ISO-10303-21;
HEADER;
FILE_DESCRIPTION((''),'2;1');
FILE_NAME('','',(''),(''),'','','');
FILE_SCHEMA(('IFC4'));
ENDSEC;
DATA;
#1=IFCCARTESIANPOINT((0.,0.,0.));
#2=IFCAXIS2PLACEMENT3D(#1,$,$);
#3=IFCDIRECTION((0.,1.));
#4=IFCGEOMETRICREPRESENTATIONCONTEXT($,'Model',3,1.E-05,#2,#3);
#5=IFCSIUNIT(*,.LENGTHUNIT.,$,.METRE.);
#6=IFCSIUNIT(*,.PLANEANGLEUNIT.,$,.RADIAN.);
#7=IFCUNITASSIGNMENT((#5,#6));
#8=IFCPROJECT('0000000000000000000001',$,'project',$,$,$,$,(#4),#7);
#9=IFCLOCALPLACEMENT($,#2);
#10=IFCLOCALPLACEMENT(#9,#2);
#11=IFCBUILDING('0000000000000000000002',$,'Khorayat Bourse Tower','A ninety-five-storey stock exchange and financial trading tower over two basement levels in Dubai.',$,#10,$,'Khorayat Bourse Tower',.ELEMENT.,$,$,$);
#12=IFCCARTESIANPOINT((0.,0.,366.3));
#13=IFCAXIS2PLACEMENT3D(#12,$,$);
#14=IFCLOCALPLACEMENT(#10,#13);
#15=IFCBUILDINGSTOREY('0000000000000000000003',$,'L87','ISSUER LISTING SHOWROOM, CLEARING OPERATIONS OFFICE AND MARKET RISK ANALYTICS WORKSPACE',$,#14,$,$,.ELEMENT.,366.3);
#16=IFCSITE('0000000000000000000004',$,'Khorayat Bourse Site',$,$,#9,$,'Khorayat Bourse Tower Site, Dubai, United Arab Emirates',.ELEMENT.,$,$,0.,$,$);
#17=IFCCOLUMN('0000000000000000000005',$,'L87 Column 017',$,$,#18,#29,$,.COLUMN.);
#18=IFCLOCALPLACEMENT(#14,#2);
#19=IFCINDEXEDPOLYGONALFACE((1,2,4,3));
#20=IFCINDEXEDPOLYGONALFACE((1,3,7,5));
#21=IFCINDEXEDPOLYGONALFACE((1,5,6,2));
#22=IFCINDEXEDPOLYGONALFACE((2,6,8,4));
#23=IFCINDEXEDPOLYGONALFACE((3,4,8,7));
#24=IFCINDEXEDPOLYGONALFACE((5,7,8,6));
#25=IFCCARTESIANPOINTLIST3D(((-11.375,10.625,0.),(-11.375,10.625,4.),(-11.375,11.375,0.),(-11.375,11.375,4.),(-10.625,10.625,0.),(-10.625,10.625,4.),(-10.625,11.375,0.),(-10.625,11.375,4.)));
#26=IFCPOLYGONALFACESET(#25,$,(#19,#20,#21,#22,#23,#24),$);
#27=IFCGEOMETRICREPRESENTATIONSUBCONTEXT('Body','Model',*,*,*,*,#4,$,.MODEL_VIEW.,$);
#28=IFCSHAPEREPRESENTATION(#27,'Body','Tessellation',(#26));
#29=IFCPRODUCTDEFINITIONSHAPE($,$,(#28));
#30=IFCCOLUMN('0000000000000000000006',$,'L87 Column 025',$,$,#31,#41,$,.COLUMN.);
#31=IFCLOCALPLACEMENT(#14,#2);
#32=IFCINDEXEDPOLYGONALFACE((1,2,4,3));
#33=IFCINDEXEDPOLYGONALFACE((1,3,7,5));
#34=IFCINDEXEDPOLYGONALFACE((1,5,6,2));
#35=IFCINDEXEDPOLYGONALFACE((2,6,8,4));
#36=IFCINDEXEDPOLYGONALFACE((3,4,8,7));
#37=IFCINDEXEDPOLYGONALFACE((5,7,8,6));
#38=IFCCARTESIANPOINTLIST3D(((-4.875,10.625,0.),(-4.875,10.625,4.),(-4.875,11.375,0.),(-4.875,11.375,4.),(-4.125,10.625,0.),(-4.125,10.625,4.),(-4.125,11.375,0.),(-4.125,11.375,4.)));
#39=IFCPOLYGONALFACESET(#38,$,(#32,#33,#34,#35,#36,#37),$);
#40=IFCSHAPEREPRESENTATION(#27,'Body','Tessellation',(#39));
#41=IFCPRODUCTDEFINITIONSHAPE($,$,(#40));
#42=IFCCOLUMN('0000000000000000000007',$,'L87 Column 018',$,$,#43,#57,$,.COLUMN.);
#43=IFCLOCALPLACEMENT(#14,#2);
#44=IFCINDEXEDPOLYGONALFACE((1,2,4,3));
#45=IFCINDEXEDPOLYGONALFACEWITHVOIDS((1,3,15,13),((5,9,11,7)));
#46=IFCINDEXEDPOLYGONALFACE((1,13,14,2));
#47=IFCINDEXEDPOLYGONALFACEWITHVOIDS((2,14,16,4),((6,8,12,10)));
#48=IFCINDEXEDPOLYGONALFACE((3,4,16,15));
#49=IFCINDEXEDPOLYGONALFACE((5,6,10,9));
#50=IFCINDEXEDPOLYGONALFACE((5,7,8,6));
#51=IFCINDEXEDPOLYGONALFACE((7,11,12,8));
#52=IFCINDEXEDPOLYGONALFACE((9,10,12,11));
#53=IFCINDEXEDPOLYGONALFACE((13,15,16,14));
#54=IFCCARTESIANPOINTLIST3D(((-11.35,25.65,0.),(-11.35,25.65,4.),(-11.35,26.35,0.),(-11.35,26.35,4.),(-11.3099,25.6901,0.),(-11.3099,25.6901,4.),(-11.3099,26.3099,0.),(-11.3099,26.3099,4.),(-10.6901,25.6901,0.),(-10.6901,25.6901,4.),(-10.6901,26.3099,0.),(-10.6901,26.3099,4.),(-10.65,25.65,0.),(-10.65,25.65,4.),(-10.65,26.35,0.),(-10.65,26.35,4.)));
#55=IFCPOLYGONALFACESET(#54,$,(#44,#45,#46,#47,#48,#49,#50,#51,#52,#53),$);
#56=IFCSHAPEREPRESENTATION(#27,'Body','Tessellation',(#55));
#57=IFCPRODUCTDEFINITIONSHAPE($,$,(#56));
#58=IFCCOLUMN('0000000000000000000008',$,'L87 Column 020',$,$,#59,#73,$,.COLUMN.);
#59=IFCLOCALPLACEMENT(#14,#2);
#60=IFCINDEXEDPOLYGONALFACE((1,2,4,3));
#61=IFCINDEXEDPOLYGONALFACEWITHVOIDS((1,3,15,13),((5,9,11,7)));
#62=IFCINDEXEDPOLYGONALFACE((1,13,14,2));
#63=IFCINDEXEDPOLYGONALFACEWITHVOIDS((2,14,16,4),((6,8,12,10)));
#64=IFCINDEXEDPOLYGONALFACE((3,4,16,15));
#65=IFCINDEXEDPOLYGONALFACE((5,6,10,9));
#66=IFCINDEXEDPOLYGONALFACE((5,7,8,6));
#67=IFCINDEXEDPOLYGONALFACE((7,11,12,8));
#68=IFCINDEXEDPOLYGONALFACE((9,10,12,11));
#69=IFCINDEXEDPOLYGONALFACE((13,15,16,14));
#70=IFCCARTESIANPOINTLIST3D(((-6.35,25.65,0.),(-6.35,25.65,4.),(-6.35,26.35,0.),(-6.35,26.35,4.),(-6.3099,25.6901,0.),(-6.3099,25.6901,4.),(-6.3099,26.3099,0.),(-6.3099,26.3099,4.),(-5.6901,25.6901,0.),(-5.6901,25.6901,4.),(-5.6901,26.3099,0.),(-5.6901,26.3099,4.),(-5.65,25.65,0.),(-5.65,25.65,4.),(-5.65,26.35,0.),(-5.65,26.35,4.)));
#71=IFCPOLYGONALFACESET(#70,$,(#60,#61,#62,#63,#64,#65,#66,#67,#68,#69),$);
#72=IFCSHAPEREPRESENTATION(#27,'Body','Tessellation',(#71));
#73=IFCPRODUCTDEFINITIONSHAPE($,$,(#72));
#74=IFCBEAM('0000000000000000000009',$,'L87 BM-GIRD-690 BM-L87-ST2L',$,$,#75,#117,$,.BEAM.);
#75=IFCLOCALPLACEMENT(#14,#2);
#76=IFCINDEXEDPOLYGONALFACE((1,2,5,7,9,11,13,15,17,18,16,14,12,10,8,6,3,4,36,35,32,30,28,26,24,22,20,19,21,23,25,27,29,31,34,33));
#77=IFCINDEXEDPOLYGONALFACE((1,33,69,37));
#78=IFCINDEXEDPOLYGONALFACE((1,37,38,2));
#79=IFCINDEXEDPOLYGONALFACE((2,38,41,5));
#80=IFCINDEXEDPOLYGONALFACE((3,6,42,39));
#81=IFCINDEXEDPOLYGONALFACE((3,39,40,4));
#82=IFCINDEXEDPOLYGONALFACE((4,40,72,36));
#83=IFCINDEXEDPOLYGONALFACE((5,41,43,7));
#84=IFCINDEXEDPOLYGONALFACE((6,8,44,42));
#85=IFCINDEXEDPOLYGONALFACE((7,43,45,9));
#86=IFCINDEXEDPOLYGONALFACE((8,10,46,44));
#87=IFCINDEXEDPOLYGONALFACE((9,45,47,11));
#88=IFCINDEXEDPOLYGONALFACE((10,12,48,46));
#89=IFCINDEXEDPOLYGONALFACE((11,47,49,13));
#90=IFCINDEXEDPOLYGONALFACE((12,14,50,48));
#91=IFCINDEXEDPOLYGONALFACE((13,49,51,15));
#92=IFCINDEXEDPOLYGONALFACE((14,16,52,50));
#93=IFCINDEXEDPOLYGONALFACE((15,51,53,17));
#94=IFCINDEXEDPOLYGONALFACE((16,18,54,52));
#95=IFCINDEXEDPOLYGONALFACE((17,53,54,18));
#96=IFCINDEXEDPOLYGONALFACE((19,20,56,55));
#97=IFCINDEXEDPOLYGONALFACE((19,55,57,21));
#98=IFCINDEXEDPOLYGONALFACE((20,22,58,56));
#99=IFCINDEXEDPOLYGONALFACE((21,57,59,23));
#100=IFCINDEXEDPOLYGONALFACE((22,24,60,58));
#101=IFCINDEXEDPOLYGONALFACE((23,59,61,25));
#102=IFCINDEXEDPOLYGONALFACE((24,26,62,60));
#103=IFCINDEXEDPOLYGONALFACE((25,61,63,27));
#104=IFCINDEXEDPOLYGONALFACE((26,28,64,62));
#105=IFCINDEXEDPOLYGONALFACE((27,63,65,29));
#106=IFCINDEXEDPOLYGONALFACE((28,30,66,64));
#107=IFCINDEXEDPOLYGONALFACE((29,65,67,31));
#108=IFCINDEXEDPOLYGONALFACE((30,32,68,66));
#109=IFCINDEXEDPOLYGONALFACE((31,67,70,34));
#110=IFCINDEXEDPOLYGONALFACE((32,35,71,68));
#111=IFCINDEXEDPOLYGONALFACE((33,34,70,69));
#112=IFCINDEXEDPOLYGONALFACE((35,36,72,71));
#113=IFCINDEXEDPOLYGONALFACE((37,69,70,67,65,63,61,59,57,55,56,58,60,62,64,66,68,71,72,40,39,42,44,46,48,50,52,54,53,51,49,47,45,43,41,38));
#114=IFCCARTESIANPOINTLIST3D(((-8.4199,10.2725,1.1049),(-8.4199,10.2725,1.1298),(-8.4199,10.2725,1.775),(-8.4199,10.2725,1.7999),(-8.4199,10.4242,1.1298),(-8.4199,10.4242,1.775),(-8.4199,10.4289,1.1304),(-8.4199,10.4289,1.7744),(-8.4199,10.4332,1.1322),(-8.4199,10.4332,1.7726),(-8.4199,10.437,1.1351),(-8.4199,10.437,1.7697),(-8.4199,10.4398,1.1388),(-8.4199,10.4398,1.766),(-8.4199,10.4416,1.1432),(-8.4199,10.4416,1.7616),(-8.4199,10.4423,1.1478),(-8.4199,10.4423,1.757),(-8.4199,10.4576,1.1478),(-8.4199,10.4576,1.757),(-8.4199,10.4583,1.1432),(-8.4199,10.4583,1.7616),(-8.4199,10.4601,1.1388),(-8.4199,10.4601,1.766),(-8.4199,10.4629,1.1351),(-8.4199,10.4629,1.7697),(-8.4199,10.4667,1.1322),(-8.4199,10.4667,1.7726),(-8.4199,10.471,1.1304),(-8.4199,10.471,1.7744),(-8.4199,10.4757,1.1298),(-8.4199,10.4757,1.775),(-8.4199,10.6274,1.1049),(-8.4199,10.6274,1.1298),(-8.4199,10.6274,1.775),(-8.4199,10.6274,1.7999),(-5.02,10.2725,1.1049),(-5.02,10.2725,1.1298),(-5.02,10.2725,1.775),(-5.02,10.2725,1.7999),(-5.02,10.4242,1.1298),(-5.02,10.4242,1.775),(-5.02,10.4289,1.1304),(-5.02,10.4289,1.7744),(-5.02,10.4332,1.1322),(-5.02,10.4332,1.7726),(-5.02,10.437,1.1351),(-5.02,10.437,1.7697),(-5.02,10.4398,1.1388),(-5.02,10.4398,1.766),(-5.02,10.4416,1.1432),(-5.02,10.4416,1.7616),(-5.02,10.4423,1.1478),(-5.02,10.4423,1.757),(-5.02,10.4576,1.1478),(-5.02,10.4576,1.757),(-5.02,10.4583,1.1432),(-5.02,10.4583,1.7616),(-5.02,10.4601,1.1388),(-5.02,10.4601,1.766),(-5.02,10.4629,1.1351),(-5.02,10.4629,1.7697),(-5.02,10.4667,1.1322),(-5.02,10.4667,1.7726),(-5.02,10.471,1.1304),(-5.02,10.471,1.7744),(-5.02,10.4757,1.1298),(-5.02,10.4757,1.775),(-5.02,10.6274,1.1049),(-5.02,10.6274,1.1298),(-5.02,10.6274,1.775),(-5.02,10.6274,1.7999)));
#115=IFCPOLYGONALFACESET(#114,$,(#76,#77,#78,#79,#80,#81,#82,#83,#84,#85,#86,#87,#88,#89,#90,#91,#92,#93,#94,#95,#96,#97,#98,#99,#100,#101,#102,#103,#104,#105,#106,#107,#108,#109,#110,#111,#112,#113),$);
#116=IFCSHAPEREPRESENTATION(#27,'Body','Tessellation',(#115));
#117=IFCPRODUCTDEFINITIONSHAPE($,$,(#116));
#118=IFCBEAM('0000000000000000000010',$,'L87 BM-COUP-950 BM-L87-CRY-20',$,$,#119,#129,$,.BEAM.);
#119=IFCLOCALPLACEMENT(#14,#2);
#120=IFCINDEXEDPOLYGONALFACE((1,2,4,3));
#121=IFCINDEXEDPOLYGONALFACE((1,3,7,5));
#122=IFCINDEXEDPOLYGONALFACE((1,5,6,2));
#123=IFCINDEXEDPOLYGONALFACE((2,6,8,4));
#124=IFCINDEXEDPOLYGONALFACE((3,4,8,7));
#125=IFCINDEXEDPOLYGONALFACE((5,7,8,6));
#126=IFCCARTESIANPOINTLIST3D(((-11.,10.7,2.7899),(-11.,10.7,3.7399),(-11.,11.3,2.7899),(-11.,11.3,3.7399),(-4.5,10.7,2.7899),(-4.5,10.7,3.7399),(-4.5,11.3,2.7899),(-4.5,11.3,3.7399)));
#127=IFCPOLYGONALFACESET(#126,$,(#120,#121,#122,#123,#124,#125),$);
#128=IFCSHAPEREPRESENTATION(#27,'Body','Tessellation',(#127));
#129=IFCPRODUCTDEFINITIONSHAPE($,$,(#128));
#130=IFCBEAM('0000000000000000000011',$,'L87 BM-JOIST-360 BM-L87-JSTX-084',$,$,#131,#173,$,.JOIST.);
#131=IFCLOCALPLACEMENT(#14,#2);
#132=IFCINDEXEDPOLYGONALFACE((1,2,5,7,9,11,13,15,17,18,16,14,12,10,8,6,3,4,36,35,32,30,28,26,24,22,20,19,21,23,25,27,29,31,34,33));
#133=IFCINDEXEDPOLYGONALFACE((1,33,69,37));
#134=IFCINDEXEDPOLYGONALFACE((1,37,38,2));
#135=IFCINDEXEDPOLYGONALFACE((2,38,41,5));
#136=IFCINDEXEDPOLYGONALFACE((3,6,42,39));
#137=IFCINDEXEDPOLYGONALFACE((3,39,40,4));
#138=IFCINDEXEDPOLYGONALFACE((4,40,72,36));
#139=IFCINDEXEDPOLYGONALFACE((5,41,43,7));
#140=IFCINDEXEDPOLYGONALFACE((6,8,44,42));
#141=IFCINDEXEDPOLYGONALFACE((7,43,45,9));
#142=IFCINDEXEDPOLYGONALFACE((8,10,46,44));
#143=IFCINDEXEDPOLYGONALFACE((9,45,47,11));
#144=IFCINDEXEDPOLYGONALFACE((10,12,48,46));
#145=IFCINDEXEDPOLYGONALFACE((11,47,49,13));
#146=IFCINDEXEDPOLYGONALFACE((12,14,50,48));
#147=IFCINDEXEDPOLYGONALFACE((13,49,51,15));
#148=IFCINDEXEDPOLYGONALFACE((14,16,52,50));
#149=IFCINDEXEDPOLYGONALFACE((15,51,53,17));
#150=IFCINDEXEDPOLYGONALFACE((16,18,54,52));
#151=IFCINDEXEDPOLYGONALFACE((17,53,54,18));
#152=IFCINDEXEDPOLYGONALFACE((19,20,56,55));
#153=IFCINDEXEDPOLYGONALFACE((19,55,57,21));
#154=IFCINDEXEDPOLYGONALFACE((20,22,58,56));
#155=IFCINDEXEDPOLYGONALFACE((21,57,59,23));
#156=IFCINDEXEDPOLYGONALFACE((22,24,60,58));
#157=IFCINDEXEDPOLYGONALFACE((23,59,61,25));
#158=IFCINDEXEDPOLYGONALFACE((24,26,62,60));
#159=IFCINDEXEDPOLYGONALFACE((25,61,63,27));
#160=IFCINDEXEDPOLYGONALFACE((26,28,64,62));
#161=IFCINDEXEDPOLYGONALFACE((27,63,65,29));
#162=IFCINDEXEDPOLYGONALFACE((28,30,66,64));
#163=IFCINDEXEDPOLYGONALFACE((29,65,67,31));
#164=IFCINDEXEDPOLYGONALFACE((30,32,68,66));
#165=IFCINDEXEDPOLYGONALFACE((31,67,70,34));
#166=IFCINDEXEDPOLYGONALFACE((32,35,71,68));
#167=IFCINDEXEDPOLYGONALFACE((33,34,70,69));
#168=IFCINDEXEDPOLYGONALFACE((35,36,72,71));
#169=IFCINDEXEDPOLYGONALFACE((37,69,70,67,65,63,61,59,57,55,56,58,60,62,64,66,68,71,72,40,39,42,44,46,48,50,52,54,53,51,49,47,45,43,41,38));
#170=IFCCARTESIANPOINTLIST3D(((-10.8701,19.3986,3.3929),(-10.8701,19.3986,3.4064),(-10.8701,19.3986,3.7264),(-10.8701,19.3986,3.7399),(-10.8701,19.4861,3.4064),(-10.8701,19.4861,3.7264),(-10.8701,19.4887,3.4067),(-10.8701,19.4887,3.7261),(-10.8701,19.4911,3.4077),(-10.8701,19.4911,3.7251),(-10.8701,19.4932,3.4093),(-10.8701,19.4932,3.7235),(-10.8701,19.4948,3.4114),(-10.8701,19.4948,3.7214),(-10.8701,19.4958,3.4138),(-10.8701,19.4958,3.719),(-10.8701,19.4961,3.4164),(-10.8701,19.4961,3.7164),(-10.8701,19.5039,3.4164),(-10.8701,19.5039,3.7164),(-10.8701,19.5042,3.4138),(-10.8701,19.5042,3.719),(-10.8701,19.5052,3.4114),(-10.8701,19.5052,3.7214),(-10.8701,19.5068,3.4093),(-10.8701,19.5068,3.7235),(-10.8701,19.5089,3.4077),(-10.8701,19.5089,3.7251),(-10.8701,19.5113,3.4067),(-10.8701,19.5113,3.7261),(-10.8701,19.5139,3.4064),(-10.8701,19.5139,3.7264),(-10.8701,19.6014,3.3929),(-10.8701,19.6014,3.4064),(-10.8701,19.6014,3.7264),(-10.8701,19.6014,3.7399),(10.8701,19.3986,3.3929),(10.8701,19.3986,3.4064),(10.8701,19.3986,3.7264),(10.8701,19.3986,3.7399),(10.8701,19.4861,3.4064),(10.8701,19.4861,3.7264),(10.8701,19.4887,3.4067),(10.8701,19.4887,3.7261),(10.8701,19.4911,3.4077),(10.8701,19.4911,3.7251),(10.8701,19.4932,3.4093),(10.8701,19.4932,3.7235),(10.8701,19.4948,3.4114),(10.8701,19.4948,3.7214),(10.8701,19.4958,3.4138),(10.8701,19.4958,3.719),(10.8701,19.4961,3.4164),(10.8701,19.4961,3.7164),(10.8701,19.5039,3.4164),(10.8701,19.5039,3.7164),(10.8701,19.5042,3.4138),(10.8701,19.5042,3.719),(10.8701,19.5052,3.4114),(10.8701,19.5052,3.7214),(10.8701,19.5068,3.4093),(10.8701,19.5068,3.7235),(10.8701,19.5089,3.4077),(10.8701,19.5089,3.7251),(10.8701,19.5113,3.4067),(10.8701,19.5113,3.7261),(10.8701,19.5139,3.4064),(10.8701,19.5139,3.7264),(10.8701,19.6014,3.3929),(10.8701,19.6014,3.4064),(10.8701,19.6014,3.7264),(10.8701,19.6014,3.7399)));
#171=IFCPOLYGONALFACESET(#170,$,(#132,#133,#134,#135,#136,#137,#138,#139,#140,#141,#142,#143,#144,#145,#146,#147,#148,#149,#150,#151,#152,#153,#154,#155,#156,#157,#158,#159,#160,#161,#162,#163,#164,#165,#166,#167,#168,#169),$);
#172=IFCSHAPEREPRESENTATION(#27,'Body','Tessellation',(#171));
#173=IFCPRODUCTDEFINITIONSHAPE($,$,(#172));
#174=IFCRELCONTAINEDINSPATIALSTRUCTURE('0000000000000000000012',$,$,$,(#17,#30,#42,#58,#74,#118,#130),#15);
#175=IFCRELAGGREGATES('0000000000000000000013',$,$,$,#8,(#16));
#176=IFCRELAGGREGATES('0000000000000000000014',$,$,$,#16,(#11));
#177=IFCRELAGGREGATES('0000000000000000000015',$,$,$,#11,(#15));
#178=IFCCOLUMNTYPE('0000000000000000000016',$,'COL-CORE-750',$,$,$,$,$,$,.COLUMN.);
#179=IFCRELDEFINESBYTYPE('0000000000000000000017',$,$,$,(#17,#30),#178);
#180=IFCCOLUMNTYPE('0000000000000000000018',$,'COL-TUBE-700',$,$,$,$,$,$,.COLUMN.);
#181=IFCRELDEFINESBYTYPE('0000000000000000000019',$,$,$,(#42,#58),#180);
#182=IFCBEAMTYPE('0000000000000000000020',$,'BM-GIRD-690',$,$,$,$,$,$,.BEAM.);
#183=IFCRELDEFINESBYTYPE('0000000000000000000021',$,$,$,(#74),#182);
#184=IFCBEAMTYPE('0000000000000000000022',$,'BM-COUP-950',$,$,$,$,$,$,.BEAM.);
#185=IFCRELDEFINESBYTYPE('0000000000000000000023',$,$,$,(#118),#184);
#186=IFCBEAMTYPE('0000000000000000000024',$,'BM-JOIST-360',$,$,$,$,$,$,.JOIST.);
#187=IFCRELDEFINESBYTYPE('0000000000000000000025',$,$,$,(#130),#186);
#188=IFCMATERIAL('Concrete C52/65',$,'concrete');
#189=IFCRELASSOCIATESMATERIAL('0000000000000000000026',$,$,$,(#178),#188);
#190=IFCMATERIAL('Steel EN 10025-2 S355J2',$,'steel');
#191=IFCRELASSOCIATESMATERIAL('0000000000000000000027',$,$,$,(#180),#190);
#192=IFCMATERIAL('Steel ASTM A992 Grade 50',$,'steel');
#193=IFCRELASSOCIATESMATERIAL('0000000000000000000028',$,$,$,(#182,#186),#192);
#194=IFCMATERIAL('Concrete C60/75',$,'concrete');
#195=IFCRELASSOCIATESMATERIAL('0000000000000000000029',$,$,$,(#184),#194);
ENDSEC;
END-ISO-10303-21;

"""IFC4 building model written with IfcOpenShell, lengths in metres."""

from ifc_helpers import new_model, si_unit, direction, frame, origin, origin_2d, place, context, subcontext, project, spatial, rectangle, hollow_rectangle, i_section, extrude, source, transform, mapped, material, material_profile, profile_set, type_object, element, save


model = new_model("IFC4")

# Units and contexts
model_context = context("Model", 3, precision=1e-05, world=origin(), true_north=direction((0.0, 1.0)))
body_context = subcontext(model_context, "Body", "Model", "MODEL_VIEW")
ifc_project = project(units=[si_unit("LENGTHUNIT", "METRE"), si_unit("PLANEANGLEUNIT", "RADIAN")], contexts=[model_context])

# Site, building, storey
site_placement = place(None, origin())
site = spatial("IfcSite", under=ifc_project, at=site_placement, Name="Khorayat Bourse Site", LongName="Khorayat Bourse Tower Site, Dubai, United Arab Emirates", CompositionType="ELEMENT", RefElevation=0.0)
building_placement = place(site_placement, origin())
building = spatial("IfcBuilding", under=site, at=building_placement, Name="Khorayat Bourse Tower", Description="A ninety-five-storey stock exchange and financial trading tower over two basement levels in Dubai.", LongName="Khorayat Bourse Tower", CompositionType="ELEMENT")
storey_placement = place(building_placement, frame((0.0, 0.0, 366.3)))
storey = spatial("IfcBuildingStorey", under=building, at=storey_placement, Name="L87", Description="ISSUER LISTING SHOWROOM, CLEARING OPERATIONS OFFICE AND MARKET RISK ANALYTICS WORKSPACE", CompositionType="ELEMENT", Elevation=366.3)

# Columns
ifc_material_1 = material(Name="Concrete C52/65", Category="concrete")
ifc_material_profile_1 = material_profile(ifc_material_1, rectangle(XDim=0.75, YDim=0.75, at=origin_2d()), Name="RC 750x750")
ifc_profile_set_1 = profile_set([ifc_material_profile_1], Name="Concrete C52/65")
column_type_1 = type_object("IfcColumnType", Name="COL-CORE-750", PredefinedType="COLUMN", material=ifc_profile_set_1)
shared_shape_1 = source(origin(), body_context, "Body", "SweptSolid", [
    extrude(rectangle(XDim=0.75, YDim=0.75, at=origin_2d()), origin(), (0.0, 0.0, 1.0), 4.0),
])
for number, where, z_axis, x_axis, name in (
    (1, (-11.0, 11.0, 0.0), (0.0, 0.0, 1.0), (1.0, 0.0, 0.0), "L87 Column 017"),
    (2, (-4.5, 11.0, 0.0), (0.0, 0.0, 1.0), (1.0, 0.0, 0.0), "L87 Column 025"),
):
    element("IfcColumn", number, at=place(storey_placement, frame(where, z_axis=z_axis, x_axis=x_axis)), inside=storey, type_object=column_type_1, Name=name, PredefinedType="COLUMN", context=body_context, shape_type="MappedRepresentation", body=[
        mapped(shared_shape_1, transform((0.0, 0.0, 0.0), scale=1.0)),
    ])
ifc_material_2 = material(Name="Steel EN 10025-2 S355J2", Category="steel")
ifc_material_profile_2 = material_profile(ifc_material_2, hollow_rectangle(XDim=0.7, YDim=0.7, WallThickness=0.04, at=origin_2d()), Name="BOX 700x700x40")
ifc_profile_set_2 = profile_set([ifc_material_profile_2], Name="Steel EN 10025-2 S355J2")
column_type_2 = type_object("IfcColumnType", Name="COL-TUBE-700", PredefinedType="COLUMN", material=ifc_profile_set_2)
shared_shape_2 = source(origin(), body_context, "Body", "SweptSolid", [
    extrude(hollow_rectangle(XDim=0.7, YDim=0.7, WallThickness=0.04, at=origin_2d()), origin(), (0.0, 0.0, 1.0), 4.0),
])
for number, where, z_axis, x_axis, name in (
    (3, (-11.0, 26.0, 0.0), (0.0, 0.0, 1.0), (1.0, 0.0, 0.0), "L87 Column 018"),
    (4, (-6.0, 26.0, 0.0), (0.0, 0.0, 1.0), (1.0, 0.0, 0.0), "L87 Column 020"),
):
    element("IfcColumn", number, at=place(storey_placement, frame(where, z_axis=z_axis, x_axis=x_axis)), inside=storey, type_object=column_type_2, Name=name, PredefinedType="COLUMN", context=body_context, shape_type="MappedRepresentation", body=[
        mapped(shared_shape_2, transform((0.0, 0.0, 0.0), scale=1.0)),
    ])

# Beams
ifc_material_3 = material(Name="Steel ASTM A992 Grade 50", Category="steel")
ifc_material_profile_3 = material_profile(ifc_material_3, i_section(OverallWidth=0.355, OverallDepth=0.6951, WebThickness=0.0154, FlangeThickness=0.0249, FilletRadius=0.0181, at=origin_2d()), Name="W690X217")
ifc_profile_set_3 = profile_set([ifc_material_profile_3], Name="Steel ASTM A992 Grade 50")
beam_type_1 = type_object("IfcBeamType", Name="BM-GIRD-690", PredefinedType="BEAM", material=ifc_profile_set_3)
shared_shape_3 = source(origin(), body_context, "Body", "SweptSolid", [
    extrude(i_section(OverallWidth=0.355, OverallDepth=0.6951, WebThickness=0.0154, FlangeThickness=0.0249, FilletRadius=0.0181, at=origin_2d()), origin(), (0.0, 0.0, 1.0), 3.3999),
])
beam_1_placement = place(storey_placement, frame((-8.4199, 10.45, 1.4524), z_axis=(1.0, 0.0, 0.0), x_axis=(0.0, 1.0, 0.0)))
element("IfcBeam", 5, at=beam_1_placement, inside=storey, type_object=beam_type_1, Name="L87 BM-GIRD-690 BM-L87-ST2L", PredefinedType="BEAM", context=body_context, shape_type="MappedRepresentation", body=[
    mapped(shared_shape_3, transform((0.0, 0.0, 0.0), scale=1.0)),
])
ifc_material_4 = material(Name="Concrete C60/75", Category="concrete")
ifc_material_profile_4 = material_profile(ifc_material_4, rectangle(XDim=0.6001, YDim=0.95, at=origin_2d()), Name="RC 600x950")
ifc_profile_set_4 = profile_set([ifc_material_profile_4], Name="Concrete C60/75")
beam_type_2 = type_object("IfcBeamType", Name="BM-COUP-950", PredefinedType="BEAM", material=ifc_profile_set_4)
shared_shape_4 = source(origin(), body_context, "Body", "SweptSolid", [
    extrude(rectangle(XDim=0.6001, YDim=0.95, at=origin_2d()), origin(), (0.0, 0.0, 1.0), 6.5),
])
beam_2_placement = place(storey_placement, frame((-11.0, 11.0, 3.2649), z_axis=(1.0, 0.0, 0.0), x_axis=(0.0, 1.0, 0.0)))
element("IfcBeam", 6, at=beam_2_placement, inside=storey, type_object=beam_type_2, Name="L87 BM-COUP-950 BM-L87-CRY-20", PredefinedType="BEAM", context=body_context, shape_type="MappedRepresentation", body=[
    mapped(shared_shape_4, transform((0.0, 0.0, 0.0), scale=1.0)),
])
ifc_material_profile_5 = material_profile(ifc_material_3, i_section(OverallWidth=0.2029, OverallDepth=0.3469, WebThickness=0.0078, FlangeThickness=0.0134, FilletRadius=0.01, at=origin_2d()), Name="W360X64")
ifc_profile_set_5 = profile_set([ifc_material_profile_5], Name="Steel ASTM A992 Grade 50")
beam_type_3 = type_object("IfcBeamType", Name="BM-JOIST-360", PredefinedType="JOIST", material=ifc_profile_set_5)
shared_shape_5 = source(origin(), body_context, "Body", "SweptSolid", [
    extrude(i_section(OverallWidth=0.2029, OverallDepth=0.3469, WebThickness=0.0078, FlangeThickness=0.0134, FilletRadius=0.01, at=origin_2d()), origin(), (0.0, 0.0, 1.0), 21.7402),
])
beam_3_placement = place(storey_placement, frame((-10.8701, 19.5, 3.5664), z_axis=(1.0, 0.0, 0.0), x_axis=(0.0, 1.0, 0.0)))
element("IfcBeam", 7, at=beam_3_placement, inside=storey, type_object=beam_type_3, Name="L87 BM-JOIST-360 BM-L87-JSTX-084", PredefinedType="JOIST", context=body_context, shape_type="MappedRepresentation", body=[
    mapped(shared_shape_5, transform((0.0, 0.0, 0.0), scale=1.0)),
])

save(model, "model.ifc")
